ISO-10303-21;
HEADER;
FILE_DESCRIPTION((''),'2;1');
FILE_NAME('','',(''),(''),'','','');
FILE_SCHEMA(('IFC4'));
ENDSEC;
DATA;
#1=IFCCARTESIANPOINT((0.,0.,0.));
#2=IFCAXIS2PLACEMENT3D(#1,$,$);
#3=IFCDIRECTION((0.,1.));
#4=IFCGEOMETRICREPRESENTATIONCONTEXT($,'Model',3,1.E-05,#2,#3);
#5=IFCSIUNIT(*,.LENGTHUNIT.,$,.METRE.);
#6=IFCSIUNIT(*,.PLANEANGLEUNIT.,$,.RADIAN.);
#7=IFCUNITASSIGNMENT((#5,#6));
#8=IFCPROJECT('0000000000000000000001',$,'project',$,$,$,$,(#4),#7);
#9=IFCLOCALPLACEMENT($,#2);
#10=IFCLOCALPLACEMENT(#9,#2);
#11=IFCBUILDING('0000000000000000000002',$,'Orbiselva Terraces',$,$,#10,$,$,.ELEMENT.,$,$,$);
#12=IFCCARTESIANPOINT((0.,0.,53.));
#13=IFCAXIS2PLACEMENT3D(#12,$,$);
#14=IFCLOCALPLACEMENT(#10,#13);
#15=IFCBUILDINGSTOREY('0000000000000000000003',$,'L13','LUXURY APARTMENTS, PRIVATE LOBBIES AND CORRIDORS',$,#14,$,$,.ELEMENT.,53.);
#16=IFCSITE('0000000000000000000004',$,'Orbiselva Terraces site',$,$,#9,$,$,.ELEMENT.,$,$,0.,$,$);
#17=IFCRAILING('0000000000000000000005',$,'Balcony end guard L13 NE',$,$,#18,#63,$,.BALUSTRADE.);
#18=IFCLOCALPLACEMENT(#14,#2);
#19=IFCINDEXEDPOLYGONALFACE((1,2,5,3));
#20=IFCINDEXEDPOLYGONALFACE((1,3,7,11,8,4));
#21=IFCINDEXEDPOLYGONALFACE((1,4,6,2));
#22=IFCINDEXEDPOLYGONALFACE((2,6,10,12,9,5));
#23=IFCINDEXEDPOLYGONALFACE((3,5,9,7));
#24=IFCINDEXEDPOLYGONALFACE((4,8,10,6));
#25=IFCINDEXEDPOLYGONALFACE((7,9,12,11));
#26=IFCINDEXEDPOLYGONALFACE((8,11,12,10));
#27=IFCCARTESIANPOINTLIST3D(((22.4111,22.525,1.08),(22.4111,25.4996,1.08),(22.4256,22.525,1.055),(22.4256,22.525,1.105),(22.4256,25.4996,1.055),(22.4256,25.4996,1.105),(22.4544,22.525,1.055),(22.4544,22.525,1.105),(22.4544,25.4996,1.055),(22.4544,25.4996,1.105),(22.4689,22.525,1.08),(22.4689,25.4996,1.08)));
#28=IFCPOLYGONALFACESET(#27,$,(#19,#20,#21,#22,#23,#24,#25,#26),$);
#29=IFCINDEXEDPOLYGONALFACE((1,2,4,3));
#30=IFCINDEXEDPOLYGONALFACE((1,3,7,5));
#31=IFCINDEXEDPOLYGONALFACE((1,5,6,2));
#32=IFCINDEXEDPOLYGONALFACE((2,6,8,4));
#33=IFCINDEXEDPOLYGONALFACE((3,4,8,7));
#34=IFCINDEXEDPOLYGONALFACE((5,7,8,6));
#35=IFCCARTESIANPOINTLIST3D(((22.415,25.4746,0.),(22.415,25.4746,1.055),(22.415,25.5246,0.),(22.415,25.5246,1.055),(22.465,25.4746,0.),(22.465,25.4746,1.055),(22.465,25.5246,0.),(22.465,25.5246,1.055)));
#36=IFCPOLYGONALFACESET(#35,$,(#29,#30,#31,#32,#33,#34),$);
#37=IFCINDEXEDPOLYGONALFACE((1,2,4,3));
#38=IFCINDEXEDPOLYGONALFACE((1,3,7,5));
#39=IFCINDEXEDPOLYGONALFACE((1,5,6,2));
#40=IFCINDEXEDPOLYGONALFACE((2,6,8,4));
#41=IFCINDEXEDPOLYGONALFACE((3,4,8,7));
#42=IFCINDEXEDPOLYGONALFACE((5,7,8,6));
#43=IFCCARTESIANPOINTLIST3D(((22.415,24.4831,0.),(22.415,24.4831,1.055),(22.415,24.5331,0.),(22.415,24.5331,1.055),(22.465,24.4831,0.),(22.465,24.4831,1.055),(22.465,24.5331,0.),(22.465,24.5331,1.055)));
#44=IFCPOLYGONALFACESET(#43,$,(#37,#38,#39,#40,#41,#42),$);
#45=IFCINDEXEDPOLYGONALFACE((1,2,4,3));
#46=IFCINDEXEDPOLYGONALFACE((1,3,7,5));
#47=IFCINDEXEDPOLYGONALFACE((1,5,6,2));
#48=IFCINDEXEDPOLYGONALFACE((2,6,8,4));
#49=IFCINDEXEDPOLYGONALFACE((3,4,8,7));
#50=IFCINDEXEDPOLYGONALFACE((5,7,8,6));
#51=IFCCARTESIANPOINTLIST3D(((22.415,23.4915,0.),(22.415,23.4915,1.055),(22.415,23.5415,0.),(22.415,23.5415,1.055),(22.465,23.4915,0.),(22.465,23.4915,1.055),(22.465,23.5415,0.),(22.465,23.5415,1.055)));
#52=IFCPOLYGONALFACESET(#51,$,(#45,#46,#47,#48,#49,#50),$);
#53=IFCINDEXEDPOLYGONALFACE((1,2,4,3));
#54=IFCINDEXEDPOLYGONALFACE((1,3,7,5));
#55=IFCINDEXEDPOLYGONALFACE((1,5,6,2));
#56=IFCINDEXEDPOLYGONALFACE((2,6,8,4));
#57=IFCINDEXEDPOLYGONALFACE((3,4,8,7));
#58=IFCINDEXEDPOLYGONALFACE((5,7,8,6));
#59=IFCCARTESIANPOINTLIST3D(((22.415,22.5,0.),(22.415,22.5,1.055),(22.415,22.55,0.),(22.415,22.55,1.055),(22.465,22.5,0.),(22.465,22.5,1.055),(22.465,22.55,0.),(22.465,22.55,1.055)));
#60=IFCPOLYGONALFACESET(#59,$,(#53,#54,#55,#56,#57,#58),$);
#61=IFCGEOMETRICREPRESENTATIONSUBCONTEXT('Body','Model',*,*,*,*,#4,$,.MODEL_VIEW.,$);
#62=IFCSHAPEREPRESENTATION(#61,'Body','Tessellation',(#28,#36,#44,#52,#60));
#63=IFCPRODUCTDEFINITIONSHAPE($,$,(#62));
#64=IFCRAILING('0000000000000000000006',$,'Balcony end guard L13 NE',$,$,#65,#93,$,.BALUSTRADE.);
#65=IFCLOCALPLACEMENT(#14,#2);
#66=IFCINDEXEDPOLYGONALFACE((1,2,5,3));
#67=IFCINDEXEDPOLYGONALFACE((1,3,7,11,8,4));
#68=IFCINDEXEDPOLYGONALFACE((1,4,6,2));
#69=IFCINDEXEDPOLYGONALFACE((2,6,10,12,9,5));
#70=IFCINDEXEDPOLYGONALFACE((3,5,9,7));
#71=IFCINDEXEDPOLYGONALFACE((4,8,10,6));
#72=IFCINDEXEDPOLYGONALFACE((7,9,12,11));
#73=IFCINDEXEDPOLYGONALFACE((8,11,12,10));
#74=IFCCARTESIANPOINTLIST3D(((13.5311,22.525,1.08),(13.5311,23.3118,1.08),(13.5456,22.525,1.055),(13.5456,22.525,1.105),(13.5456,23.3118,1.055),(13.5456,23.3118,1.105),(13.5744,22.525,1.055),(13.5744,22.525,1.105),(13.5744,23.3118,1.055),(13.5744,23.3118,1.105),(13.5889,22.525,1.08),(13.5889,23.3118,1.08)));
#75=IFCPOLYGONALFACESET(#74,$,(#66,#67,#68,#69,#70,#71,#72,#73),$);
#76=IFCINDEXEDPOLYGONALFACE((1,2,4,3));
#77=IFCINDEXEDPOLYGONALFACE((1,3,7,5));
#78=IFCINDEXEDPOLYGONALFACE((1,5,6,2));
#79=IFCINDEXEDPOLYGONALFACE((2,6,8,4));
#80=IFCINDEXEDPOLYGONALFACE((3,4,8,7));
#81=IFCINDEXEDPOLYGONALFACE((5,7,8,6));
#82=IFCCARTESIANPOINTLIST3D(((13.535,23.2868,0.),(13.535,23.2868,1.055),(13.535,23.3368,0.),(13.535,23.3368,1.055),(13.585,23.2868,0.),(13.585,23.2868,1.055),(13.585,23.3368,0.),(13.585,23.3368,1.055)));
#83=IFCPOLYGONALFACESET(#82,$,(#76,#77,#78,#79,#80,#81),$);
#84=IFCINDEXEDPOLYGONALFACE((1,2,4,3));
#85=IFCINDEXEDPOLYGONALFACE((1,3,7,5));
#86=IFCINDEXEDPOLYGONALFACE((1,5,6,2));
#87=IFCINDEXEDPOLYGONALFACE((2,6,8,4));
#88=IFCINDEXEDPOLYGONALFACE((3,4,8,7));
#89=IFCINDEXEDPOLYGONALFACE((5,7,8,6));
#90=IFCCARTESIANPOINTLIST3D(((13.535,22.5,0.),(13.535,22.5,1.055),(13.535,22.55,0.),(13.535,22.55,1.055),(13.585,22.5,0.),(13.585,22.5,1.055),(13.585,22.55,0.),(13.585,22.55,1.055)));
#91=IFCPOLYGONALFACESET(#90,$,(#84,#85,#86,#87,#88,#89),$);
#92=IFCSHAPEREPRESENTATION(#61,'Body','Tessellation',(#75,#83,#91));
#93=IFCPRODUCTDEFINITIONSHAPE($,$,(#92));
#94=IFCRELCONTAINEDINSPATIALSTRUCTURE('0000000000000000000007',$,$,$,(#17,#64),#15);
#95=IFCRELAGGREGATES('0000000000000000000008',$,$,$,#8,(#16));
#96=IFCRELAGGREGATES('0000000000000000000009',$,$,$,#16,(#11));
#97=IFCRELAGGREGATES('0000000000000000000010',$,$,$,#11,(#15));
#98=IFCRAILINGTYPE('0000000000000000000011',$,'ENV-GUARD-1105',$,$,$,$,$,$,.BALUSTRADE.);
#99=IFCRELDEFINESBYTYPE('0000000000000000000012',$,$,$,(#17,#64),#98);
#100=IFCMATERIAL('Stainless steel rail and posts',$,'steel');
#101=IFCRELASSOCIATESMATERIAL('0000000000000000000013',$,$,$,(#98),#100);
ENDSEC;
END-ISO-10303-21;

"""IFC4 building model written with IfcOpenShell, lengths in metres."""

from ifc_helpers import new_model, si_unit, direction, frame, origin, origin_2d, place, context, subcontext, project, spatial, polyline, rectangle, outline, extrude, material, type_object, element, save


model = new_model("IFC4")

# Units and contexts
model_context = context("Model", 3, precision=1e-05, world=origin(), true_north=direction((0.0, 1.0)))
body_context = subcontext(model_context, "Body", "Model", "MODEL_VIEW")
ifc_project = project(units=[si_unit("LENGTHUNIT", "METRE"), si_unit("PLANEANGLEUNIT", "RADIAN")], contexts=[model_context])

# Site, building, storey
site_placement = place(None, origin())
site = spatial("IfcSite", under=ifc_project, at=site_placement, Name="Orbiselva Terraces site", CompositionType="ELEMENT", RefElevation=0.0)
building_placement = place(site_placement, origin())
building = spatial("IfcBuilding", under=site, at=building_placement, Name="Orbiselva Terraces", CompositionType="ELEMENT")
storey_placement = place(building_placement, frame((0.0, 0.0, 53.0)))
storey = spatial("IfcBuildingStorey", under=building, at=storey_placement, Name="L13", Description="LUXURY APARTMENTS, PRIVATE LOBBIES AND CORRIDORS", CompositionType="ELEMENT", Elevation=53.0)

# Railings
ifc_material_1 = material(Name="Stainless steel rail and posts", Category="steel")
railing_type_1 = type_object("IfcRailingType", Name="ENV-GUARD-1105", PredefinedType="BALUSTRADE", material=ifc_material_1)
railing_1_placement = place(storey_placement, frame((22.44, 25.4996, 0.0)))
element("IfcRailing", 1, at=railing_1_placement, inside=storey, type_object=railing_type_1, Name="Balcony end guard L13 NE", PredefinedType="BALUSTRADE", context=body_context, shape_type="SweptSolid", body=[
    extrude(outline(polyline([(0.0289, 0.0), (0.0144, 0.025), (-0.0144, 0.025), (-0.0289, 0.0), (-0.0144, -0.025), (0.0144, -0.025), (0.0289, 0.0)])), frame((0.0, 0.0, 1.08), z_axis=(0.0, -1.0, 0.0), x_axis=(1.0, 0.0, 0.0)), (0.0, 0.0, 1.0), 2.9746),
    extrude(rectangle(XDim=0.05, YDim=0.05, at=origin_2d()), origin(), (0.0, 0.0, 1.0), 1.055),
    extrude(rectangle(XDim=0.05, YDim=0.05, at=origin_2d()), frame((0.0, -0.9915, 0.0)), (0.0, 0.0, 1.0), 1.055),
    extrude(rectangle(XDim=0.05, YDim=0.05, at=origin_2d()), frame((0.0, -1.9831, 0.0)), (0.0, 0.0, 1.0), 1.055),
    extrude(rectangle(XDim=0.05, YDim=0.05, at=origin_2d()), frame((0.0, -2.9746, 0.0)), (0.0, 0.0, 1.0), 1.055),
])
railing_2_placement = place(storey_placement, frame((13.56, 23.3118, 0.0)))
element("IfcRailing", 2, at=railing_2_placement, inside=storey, type_object=railing_type_1, Name="Balcony end guard L13 NE", PredefinedType="BALUSTRADE", context=body_context, shape_type="SweptSolid", body=[
    extrude(outline(polyline([(0.0289, 0.0), (0.0144, 0.025), (-0.0144, 0.025), (-0.0289, 0.0), (-0.0144, -0.025), (0.0144, -0.025), (0.0289, 0.0)])), frame((0.0, 0.0, 1.08), z_axis=(0.0, -1.0, 0.0), x_axis=(1.0, 0.0, 0.0)), (0.0, 0.0, 1.0), 0.7868),
    extrude(rectangle(XDim=0.05, YDim=0.05, at=origin_2d()), origin(), (0.0, 0.0, 1.0), 1.055),
    extrude(rectangle(XDim=0.05, YDim=0.05, at=origin_2d()), frame((0.0, -0.7868, 0.0)), (0.0, 0.0, 1.0), 1.055),
])

save(model, "model.ifc")
